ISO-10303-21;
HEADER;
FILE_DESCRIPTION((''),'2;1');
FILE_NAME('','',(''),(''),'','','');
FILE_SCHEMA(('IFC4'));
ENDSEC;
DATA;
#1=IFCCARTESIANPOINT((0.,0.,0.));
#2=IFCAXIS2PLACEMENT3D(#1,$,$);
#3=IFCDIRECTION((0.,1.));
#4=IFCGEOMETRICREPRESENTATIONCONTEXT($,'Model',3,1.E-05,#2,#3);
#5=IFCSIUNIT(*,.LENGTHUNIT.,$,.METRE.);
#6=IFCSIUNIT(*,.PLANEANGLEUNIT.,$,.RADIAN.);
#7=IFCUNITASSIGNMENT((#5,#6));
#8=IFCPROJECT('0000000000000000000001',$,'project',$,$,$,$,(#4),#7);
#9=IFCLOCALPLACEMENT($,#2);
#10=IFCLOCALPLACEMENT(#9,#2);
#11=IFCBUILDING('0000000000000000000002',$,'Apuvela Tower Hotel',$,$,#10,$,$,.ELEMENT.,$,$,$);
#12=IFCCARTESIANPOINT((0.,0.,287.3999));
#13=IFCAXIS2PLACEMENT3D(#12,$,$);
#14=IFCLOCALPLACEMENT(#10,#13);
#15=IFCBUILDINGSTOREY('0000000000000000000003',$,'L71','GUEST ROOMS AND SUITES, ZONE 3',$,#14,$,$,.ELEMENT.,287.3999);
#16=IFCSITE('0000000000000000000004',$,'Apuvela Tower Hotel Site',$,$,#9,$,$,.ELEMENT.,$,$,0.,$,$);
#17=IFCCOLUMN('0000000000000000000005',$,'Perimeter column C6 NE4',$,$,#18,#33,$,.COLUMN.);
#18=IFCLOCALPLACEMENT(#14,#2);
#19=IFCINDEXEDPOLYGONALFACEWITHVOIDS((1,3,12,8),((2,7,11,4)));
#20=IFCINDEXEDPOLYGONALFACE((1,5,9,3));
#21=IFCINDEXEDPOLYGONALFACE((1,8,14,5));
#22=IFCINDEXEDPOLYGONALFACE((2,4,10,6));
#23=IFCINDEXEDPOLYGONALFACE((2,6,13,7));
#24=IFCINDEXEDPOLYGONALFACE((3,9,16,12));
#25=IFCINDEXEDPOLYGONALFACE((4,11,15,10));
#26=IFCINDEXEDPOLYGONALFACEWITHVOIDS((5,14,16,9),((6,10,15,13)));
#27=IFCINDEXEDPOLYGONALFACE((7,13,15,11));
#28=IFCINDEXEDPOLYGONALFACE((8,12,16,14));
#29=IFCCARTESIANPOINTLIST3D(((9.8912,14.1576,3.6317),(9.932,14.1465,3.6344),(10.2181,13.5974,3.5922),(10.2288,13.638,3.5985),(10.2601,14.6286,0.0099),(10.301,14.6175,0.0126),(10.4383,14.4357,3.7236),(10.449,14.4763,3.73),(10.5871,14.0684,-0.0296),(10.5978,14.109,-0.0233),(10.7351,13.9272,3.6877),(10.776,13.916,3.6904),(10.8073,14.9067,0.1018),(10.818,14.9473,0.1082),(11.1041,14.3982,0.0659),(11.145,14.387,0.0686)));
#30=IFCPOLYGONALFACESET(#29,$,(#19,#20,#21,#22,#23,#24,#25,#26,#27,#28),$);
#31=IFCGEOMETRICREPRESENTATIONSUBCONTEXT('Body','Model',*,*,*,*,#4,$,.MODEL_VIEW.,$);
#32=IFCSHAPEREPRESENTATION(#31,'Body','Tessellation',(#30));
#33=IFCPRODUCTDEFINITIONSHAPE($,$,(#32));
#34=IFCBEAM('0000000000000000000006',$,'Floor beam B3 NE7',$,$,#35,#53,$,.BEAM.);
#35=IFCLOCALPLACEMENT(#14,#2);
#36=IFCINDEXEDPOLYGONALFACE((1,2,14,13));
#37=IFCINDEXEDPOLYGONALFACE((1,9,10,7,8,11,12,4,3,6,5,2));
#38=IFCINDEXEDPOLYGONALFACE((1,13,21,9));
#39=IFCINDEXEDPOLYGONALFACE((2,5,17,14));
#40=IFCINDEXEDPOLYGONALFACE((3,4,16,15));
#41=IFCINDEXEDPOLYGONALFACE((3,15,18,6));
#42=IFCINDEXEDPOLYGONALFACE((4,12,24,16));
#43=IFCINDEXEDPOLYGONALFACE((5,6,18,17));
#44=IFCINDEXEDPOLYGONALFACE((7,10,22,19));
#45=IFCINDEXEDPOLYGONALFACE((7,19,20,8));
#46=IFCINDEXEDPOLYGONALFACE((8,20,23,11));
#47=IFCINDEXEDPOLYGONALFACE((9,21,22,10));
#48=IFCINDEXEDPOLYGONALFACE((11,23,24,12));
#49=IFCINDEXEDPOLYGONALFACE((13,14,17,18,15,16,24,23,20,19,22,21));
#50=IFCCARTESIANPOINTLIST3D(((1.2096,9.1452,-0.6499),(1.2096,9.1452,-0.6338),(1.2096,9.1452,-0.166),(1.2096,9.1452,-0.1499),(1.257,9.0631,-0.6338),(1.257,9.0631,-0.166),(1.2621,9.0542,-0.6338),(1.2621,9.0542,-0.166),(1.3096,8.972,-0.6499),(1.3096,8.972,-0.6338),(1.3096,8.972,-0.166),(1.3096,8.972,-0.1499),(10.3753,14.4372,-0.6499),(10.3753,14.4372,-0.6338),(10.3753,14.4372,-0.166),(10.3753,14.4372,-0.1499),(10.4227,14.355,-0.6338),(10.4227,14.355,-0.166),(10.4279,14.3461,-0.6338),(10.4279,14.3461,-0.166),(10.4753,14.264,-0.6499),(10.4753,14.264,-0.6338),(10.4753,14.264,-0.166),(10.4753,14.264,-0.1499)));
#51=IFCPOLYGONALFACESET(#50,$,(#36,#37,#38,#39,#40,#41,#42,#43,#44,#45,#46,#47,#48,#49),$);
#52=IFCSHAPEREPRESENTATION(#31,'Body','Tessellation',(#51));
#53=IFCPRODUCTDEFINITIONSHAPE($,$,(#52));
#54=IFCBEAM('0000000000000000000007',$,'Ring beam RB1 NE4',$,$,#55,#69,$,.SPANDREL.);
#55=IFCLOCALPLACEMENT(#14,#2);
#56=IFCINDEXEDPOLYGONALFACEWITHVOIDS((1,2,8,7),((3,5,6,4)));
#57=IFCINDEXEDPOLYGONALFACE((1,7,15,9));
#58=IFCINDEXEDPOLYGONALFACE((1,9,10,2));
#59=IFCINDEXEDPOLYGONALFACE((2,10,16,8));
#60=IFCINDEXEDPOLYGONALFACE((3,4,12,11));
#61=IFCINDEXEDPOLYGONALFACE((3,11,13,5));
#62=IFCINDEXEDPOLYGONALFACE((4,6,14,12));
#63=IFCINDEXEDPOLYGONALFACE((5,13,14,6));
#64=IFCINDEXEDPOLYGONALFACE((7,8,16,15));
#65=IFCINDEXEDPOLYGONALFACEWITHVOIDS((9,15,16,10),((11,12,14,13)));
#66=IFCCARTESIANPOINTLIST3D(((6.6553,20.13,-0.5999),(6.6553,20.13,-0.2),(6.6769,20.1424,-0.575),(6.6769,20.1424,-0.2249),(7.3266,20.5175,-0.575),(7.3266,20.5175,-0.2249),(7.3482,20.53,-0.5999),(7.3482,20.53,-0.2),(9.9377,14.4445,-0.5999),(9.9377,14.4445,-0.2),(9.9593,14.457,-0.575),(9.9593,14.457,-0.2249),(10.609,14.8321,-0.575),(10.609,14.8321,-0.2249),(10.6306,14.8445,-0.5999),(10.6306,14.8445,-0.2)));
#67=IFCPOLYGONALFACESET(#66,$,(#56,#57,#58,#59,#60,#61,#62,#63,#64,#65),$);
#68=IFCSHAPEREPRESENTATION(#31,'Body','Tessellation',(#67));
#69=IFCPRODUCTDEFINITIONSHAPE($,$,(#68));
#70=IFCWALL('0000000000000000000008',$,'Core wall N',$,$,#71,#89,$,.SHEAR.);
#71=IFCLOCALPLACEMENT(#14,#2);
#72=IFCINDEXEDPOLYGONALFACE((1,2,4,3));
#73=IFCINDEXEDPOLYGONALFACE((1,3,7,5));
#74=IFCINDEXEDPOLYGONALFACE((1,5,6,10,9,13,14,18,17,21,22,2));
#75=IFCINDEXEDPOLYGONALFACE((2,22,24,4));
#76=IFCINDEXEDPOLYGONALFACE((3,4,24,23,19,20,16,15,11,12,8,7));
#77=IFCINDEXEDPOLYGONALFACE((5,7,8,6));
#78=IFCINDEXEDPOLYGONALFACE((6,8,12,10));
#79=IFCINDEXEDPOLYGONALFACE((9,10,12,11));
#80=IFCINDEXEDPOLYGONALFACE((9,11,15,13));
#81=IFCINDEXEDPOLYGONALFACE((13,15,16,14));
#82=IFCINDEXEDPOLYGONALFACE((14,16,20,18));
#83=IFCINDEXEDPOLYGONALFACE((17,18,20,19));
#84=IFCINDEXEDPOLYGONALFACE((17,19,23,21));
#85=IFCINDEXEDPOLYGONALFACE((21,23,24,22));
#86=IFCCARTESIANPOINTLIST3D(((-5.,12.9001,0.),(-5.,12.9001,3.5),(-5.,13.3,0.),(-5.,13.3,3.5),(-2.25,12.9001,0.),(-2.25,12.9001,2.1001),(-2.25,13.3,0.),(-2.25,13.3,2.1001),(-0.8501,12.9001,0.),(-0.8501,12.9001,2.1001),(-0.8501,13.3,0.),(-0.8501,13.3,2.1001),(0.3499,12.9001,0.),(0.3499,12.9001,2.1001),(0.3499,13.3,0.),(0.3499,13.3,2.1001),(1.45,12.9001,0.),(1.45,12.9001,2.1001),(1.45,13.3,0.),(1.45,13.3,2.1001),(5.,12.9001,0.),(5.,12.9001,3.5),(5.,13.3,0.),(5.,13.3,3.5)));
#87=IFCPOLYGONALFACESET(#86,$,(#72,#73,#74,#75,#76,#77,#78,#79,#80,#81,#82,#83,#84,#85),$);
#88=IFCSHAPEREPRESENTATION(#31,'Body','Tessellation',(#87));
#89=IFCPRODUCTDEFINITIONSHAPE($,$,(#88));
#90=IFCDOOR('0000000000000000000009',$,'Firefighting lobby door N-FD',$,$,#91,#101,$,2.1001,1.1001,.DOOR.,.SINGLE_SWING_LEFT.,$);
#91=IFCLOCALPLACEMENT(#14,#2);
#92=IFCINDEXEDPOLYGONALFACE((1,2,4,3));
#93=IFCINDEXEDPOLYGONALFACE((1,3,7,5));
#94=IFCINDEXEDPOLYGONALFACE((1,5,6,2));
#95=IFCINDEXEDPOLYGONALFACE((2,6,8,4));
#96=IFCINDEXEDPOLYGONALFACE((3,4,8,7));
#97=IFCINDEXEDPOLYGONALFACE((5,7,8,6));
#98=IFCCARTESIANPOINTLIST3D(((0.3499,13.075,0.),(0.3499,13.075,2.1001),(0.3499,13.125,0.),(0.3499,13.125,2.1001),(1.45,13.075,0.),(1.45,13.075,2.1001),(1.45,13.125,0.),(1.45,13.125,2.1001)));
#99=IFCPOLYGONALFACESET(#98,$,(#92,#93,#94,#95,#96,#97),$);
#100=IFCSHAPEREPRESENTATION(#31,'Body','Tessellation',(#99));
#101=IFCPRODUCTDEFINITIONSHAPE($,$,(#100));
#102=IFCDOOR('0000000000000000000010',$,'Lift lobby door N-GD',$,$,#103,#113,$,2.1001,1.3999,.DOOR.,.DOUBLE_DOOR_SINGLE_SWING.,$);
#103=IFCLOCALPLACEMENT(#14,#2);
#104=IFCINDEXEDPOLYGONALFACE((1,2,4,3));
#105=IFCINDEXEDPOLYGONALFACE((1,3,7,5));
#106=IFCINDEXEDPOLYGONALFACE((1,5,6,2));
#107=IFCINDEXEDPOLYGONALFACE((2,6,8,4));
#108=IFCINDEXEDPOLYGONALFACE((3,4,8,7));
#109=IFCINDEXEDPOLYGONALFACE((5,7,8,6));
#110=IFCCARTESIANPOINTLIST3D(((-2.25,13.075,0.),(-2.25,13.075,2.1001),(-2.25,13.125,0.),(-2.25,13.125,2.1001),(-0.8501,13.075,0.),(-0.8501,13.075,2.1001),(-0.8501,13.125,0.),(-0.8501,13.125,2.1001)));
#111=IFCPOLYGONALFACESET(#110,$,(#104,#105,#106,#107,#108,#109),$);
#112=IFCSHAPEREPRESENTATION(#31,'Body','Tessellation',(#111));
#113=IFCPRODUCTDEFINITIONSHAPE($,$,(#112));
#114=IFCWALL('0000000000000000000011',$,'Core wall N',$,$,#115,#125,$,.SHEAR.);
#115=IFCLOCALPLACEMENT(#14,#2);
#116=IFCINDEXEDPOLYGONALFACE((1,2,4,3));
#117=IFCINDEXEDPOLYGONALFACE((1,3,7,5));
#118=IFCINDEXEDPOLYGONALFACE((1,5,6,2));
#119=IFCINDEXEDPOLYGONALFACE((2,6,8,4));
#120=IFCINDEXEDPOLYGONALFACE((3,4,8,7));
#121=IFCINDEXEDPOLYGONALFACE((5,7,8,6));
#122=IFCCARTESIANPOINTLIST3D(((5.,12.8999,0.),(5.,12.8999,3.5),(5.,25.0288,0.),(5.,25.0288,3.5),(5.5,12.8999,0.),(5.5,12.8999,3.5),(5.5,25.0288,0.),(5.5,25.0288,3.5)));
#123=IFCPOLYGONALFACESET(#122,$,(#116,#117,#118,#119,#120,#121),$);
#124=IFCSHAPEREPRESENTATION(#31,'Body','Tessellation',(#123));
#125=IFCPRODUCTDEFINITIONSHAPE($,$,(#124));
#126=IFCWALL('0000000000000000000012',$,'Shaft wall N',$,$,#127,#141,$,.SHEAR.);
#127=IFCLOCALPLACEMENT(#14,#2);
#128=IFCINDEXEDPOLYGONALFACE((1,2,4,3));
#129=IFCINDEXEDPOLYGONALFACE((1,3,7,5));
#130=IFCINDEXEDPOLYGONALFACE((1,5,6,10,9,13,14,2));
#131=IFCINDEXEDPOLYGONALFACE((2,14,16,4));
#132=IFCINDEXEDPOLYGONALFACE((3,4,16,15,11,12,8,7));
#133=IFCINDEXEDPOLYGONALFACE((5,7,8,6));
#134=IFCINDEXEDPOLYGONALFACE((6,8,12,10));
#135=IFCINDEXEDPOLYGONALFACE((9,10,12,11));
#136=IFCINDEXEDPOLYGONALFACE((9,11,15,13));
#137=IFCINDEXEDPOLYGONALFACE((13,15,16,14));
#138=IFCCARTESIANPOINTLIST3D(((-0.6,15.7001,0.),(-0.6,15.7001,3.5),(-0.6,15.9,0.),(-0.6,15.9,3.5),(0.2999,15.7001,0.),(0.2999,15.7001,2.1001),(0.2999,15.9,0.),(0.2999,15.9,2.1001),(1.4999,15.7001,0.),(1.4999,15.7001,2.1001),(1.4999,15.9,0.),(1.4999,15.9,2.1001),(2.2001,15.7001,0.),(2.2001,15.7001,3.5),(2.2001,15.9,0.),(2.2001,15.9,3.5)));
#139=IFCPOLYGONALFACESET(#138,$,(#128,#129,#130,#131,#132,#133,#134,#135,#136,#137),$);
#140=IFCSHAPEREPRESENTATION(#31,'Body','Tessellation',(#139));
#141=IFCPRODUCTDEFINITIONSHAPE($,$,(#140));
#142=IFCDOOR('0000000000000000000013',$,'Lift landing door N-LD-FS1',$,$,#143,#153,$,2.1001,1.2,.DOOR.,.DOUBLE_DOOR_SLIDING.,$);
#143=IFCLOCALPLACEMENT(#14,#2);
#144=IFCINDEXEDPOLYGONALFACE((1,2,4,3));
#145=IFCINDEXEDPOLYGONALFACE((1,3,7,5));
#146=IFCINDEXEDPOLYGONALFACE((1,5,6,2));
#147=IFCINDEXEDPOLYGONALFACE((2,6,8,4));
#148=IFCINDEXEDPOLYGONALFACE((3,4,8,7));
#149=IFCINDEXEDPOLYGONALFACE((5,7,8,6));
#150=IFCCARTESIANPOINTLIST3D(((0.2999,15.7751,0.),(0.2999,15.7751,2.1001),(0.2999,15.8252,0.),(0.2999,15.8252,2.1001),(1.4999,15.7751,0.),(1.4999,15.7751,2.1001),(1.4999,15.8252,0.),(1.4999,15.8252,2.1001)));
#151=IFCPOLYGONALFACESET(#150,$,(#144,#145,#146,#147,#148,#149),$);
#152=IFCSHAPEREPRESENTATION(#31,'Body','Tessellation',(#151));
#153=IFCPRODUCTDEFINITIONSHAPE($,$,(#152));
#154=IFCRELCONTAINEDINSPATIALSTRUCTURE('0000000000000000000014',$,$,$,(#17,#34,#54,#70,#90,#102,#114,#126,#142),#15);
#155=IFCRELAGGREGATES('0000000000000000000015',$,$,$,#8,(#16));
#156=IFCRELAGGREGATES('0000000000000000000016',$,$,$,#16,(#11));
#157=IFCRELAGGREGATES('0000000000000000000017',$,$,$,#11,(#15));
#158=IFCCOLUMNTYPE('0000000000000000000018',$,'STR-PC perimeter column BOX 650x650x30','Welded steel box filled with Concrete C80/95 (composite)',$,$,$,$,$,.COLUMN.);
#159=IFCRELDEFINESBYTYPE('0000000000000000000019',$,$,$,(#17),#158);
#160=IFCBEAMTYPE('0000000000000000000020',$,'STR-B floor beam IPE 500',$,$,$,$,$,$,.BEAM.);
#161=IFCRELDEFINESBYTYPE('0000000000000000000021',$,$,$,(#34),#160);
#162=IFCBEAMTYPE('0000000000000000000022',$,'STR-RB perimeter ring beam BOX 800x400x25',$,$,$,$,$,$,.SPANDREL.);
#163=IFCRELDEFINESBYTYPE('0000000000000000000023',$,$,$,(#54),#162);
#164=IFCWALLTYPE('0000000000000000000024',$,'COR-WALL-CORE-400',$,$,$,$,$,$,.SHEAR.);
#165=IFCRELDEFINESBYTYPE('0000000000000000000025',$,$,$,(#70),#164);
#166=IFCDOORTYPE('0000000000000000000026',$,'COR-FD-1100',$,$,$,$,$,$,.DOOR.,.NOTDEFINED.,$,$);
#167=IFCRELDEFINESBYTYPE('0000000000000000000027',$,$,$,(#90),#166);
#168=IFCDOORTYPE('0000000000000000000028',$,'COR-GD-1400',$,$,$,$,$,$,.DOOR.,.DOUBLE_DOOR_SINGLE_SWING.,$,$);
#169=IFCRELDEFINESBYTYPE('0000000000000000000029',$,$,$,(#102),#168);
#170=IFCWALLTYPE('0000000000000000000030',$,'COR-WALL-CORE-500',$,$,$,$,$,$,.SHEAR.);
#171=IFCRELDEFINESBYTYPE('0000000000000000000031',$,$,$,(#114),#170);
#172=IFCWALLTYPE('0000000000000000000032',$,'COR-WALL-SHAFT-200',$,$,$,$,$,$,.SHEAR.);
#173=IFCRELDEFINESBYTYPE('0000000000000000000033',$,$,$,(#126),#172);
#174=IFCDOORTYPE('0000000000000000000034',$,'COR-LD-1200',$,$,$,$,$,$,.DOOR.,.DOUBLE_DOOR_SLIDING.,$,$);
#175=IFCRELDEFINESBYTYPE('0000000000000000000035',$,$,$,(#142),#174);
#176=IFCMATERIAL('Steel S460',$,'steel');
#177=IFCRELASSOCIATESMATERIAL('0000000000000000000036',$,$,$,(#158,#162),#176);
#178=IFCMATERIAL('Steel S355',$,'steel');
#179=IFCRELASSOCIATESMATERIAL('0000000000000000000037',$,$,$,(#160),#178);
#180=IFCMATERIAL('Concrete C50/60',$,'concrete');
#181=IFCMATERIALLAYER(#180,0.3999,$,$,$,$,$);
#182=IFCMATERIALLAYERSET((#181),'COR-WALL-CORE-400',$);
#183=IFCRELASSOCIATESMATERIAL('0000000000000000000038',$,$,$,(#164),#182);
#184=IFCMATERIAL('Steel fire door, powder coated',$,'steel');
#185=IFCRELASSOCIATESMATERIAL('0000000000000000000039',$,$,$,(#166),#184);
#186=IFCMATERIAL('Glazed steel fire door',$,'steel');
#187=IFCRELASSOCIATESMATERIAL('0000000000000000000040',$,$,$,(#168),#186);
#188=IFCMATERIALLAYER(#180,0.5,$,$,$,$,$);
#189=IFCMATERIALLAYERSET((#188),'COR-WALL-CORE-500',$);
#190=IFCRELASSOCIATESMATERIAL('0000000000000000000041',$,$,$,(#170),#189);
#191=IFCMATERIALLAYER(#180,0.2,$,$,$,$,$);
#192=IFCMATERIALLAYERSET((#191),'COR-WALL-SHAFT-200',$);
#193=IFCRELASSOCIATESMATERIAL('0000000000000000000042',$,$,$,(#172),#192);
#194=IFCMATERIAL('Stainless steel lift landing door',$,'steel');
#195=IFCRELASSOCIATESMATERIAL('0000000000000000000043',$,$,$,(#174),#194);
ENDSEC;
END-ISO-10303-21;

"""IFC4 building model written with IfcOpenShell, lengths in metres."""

from ifc_helpers import new_model, si_unit, direction, frame, frame_2d, origin, origin_2d, place, context, subcontext, project, spatial, rectangle, hollow_rectangle, i_section, extrude, boolean, halfspace, material, layer, layer_set, material_profile, profile_set, type_object, element, fill, save


model = new_model("IFC4")

# Units and contexts
model_context = context("Model", 3, precision=1e-05, world=origin(), true_north=direction((0.0, 1.0)))
body_context = subcontext(model_context, "Body", "Model", "MODEL_VIEW")
ifc_project = project(units=[si_unit("LENGTHUNIT", "METRE"), si_unit("PLANEANGLEUNIT", "RADIAN")], contexts=[model_context])

# Site, building, storey
site_placement = place(None, origin())
site = spatial("IfcSite", under=ifc_project, at=site_placement, Name="Apuvela Tower Hotel Site", CompositionType="ELEMENT", RefElevation=0.0)
building_placement = place(site_placement, origin())
building = spatial("IfcBuilding", under=site, at=building_placement, Name="Apuvela Tower Hotel", CompositionType="ELEMENT")
storey_placement = place(building_placement, frame((0.0, 0.0, 287.3999)))
storey = spatial("IfcBuildingStorey", under=building, at=storey_placement, Name="L71", Description="GUEST ROOMS AND SUITES, ZONE 3", CompositionType="ELEMENT", Elevation=287.3999)

# Column
ifc_material_1 = material(Name="Steel S460", Category="steel")
ifc_material_profile_1 = material_profile(ifc_material_1, hollow_rectangle(XDim=0.6499, YDim=0.6499, WallThickness=0.03, at=origin_2d()), Name="BOX 650x650x30")
ifc_material_2 = material(Name="Concrete C80/95", Category="concrete")
ifc_material_profile_2 = material_profile(ifc_material_2, rectangle(XDim=0.5901, YDim=0.5901, at=origin_2d()), Name="Concrete C80/95 infill")
ifc_profile_set_1 = profile_set([ifc_material_profile_1, ifc_material_profile_2], Name="Steel S460")
column_type = type_object("IfcColumnType", Name="STR-PC perimeter column BOX 650x650x30", Description="Welded steel box filled with Concrete C80/95 (composite)", PredefinedType="COLUMN", material=ifc_profile_set_1)
column_placement = place(storey_placement, frame((10.7065, 14.5129, 0.0), z_axis=(-0.100512, -0.128308, 0.986628), x_axis=(-0.503129, 0.862066, 0.060854)))
element("IfcColumn", 1, at=column_placement, inside=storey, type_object=column_type, Name="Perimeter column C6 NE4", PredefinedType="COLUMN", context=body_context, shape_type="SweptSolid", body=[
    boolean("DIFFERENCE", boolean("DIFFERENCE", extrude(hollow_rectangle(XDim=0.6499, YDim=0.6499, WallThickness=0.03, at=origin_2d()), origin(), (0.0, 0.0, 1.0), 3.7502), halfspace(frame((0.0, 0.0, 0.0398), z_axis=(0.0, 0.0, 1.0), x_axis=(1.0, 0.0, 0.0)), True)), halfspace(frame((0.0, 0.0, 3.7107), z_axis=(0.0, 0.0, 1.0), x_axis=(1.0, 0.0, 0.0)), False)),
])

# Beams
ifc_material_3 = material(Name="Steel S355", Category="steel")
ifc_material_profile_3 = material_profile(ifc_material_3, i_section(OverallWidth=0.2, OverallDepth=0.5, WebThickness=0.0103, FlangeThickness=0.0161, at=origin_2d()), Name="IPE 500")
ifc_profile_set_2 = profile_set([ifc_material_profile_3], Name="Steel S355")
beam_type_1 = type_object("IfcBeamType", Name="STR-B floor beam IPE 500", PredefinedType="BEAM", material=ifc_profile_set_2)
beam_1_placement = place(storey_placement, frame((10.4253, 14.3506, -0.3999), z_axis=(-0.86602, -0.500009, 0.0), x_axis=(0.500009, -0.86602, 0.0)))
element("IfcBeam", 2, at=beam_1_placement, inside=storey, type_object=beam_type_1, Name="Floor beam B3 NE7", PredefinedType="BEAM", context=body_context, shape_type="SweptSolid", body=[
    extrude(i_section(OverallWidth=0.2, OverallDepth=0.5, WebThickness=0.0103, FlangeThickness=0.0161, at=origin_2d()), origin(), (0.0, 0.0, 1.0), 10.5837),
])
ifc_material_profile_4 = material_profile(ifc_material_1, hollow_rectangle(XDim=0.8, YDim=0.3999, WallThickness=0.0249, at=origin_2d()), Name="BOX 800x400x25")
ifc_profile_set_3 = profile_set([ifc_material_profile_4], Name="Steel S460")
beam_type_2 = type_object("IfcBeamType", Name="STR-RB perimeter ring beam BOX 800x400x25", PredefinedType="SPANDREL", material=ifc_profile_set_3)
beam_2_placement = place(storey_placement, frame((10.2842, 14.6445, -0.3999), z_axis=(-0.499991, 0.866031, 0.0), x_axis=(-0.866031, -0.499991, 0.0)))
element("IfcBeam", 3, at=beam_2_placement, inside=storey, type_object=beam_type_2, Name="Ring beam RB1 NE4", PredefinedType="SPANDREL", context=body_context, shape_type="SweptSolid", body=[
    extrude(hollow_rectangle(XDim=0.8, YDim=0.3999, WallThickness=0.0249, at=origin_2d()), origin(), (0.0, 0.0, 1.0), 6.5649),
])

# Wall, openings, doors
ifc_material_4 = material(Name="Concrete C50/60", Category="concrete")
ifc_layer_1 = layer(ifc_material_4, 0.3999)
ifc_layer_set_1 = layer_set([ifc_layer_1], Name="COR-WALL-CORE-400")
wall_type_1 = type_object("IfcWallType", Name="COR-WALL-CORE-400", PredefinedType="SHEAR", material=ifc_layer_set_1)
wall_1_placement = place(storey_placement, frame((5.0, 13.1001, 0.0), z_axis=(0.0, 0.0, 1.0), x_axis=(-1.0, 0.0, 0.0)))
wall_1 = element("IfcWall", 4, at=wall_1_placement, inside=storey, type_object=wall_type_1, Name="Core wall N", PredefinedType="SHEAR", context=body_context, shape_type="SweptSolid", body=[
    extrude(rectangle(XDim=10.0, YDim=0.3999, at=frame_2d((5.0, 0.0))), origin(), (0.0, 0.0, 1.0), 3.5),
])
opening_1_placement = place(wall_1_placement, frame((3.55, 0.0, 0.0)))
opening_1 = element("IfcOpeningElement", 5, at=opening_1_placement, cuts=wall_1, PredefinedType="OPENING", context=body_context, shape_type="SweptSolid", body=[
    extrude(rectangle(XDim=1.1001, YDim=2.1001, at=frame_2d((0.55, 1.05))), frame((0.0, 0.21, 0.0), z_axis=(0.0, -1.0, 0.0), x_axis=(1.0, 0.0, 0.0)), (0.0, 0.0, 1.0), 0.4199),
])
opening_2_placement = place(wall_1_placement, frame((5.8501, 0.0, 0.0)))
opening_2 = element("IfcOpeningElement", 6, at=opening_2_placement, cuts=wall_1, PredefinedType="OPENING", context=body_context, shape_type="SweptSolid", body=[
    extrude(rectangle(XDim=1.3999, YDim=2.1001, at=frame_2d((0.7, 1.05))), frame((0.0, 0.21, 0.0), z_axis=(0.0, -1.0, 0.0), x_axis=(1.0, 0.0, 0.0)), (0.0, 0.0, 1.0), 0.4199),
])
ifc_material_5 = material(Name="Steel fire door, powder coated", Category="steel")
door_type_1 = type_object("IfcDoorType", Name="COR-FD-1100", OperationType="NOTDEFINED", PredefinedType="DOOR", material=ifc_material_5)
door_1_placement = place(opening_1_placement, frame((1.1001, 0.0, 0.0), z_axis=(0.0, 0.0, 1.0), x_axis=(-1.0, 0.0, 0.0)))
door_1 = element("IfcDoor", 7, at=door_1_placement, inside=storey, type_object=door_type_1, Name="Firefighting lobby door N-FD", OperationType="SINGLE_SWING_LEFT", OverallHeight=2.1001, OverallWidth=1.1001, PredefinedType="DOOR", context=body_context, shape_type="SweptSolid", body=[
    extrude(rectangle(XDim=1.1001, YDim=2.1001, at=frame_2d((0.55, 1.05))), frame((0.0, 0.0249, 0.0), z_axis=(0.0, -1.0, 0.0), x_axis=(1.0, 0.0, 0.0)), (0.0, 0.0, 1.0), 0.05),
])
fill(opening_1, door_1)
ifc_material_6 = material(Name="Glazed steel fire door", Category="steel")
door_type_2 = type_object("IfcDoorType", Name="COR-GD-1400", OperationType="DOUBLE_DOOR_SINGLE_SWING", PredefinedType="DOOR", material=ifc_material_6)
door_2_placement = place(opening_2_placement, frame((1.3999, 0.0, 0.0), z_axis=(0.0, 0.0, 1.0), x_axis=(-1.0, 0.0, 0.0)))
door_2 = element("IfcDoor", 8, at=door_2_placement, inside=storey, type_object=door_type_2, Name="Lift lobby door N-GD", OperationType="DOUBLE_DOOR_SINGLE_SWING", OverallHeight=2.1001, OverallWidth=1.3999, PredefinedType="DOOR", context=body_context, shape_type="SweptSolid", body=[
    extrude(rectangle(XDim=1.3999, YDim=2.1001, at=frame_2d((0.7, 1.05))), frame((0.0, 0.0249, 0.0), z_axis=(0.0, -1.0, 0.0), x_axis=(1.0, 0.0, 0.0)), (0.0, 0.0, 1.0), 0.05),
])
fill(opening_2, door_2)

# Wall
ifc_layer_2 = layer(ifc_material_4, 0.5)
ifc_layer_set_2 = layer_set([ifc_layer_2], Name="COR-WALL-CORE-500")
wall_type_2 = type_object("IfcWallType", Name="COR-WALL-CORE-500", PredefinedType="SHEAR", material=ifc_layer_set_2)
wall_2_placement = place(storey_placement, frame((5.25, 12.8999, 0.0), z_axis=(0.0, 0.0, 1.0), x_axis=(0.0, 1.0, 0.0)))
element("IfcWall", 9, at=wall_2_placement, inside=storey, type_object=wall_type_2, Name="Core wall N", PredefinedType="SHEAR", context=body_context, shape_type="SweptSolid", body=[
    extrude(rectangle(XDim=12.1289, YDim=0.5, at=frame_2d((6.0645, 0.0))), origin(), (0.0, 0.0, 1.0), 3.5),
])

# Wall, opening, door
ifc_layer_3 = layer(ifc_material_4, 0.2)
ifc_layer_set_3 = layer_set([ifc_layer_3], Name="COR-WALL-SHAFT-200")
wall_type_3 = type_object("IfcWallType", Name="COR-WALL-SHAFT-200", PredefinedType="SHEAR", material=ifc_layer_set_3)
wall_3_placement = place(storey_placement, frame((2.2, 15.8, 0.0), z_axis=(0.0, 0.0, 1.0), x_axis=(-1.0, 0.0, 0.0)))
wall_3 = element("IfcWall", 10, at=wall_3_placement, inside=storey, type_object=wall_type_3, Name="Shaft wall N", PredefinedType="SHEAR", context=body_context, shape_type="SweptSolid", body=[
    extrude(rectangle(XDim=2.8, YDim=0.2, at=frame_2d((1.3999, 0.0))), origin(), (0.0, 0.0, 1.0), 3.5),
])
opening_3_placement = place(wall_3_placement, frame((0.7, 0.0, 0.0)))
opening_3 = element("IfcOpeningElement", 11, at=opening_3_placement, cuts=wall_3, PredefinedType="OPENING", context=body_context, shape_type="SweptSolid", body=[
    extrude(rectangle(XDim=1.2, YDim=2.1001, at=frame_2d((0.6001, 1.05))), frame((0.0, 0.1099, 0.0), z_axis=(0.0, -1.0, 0.0), x_axis=(1.0, 0.0, 0.0)), (0.0, 0.0, 1.0), 0.22),
])
ifc_material_7 = material(Name="Stainless steel lift landing door", Category="steel")
door_type_3 = type_object("IfcDoorType", Name="COR-LD-1200", OperationType="DOUBLE_DOOR_SLIDING", PredefinedType="DOOR", material=ifc_material_7)
door_3_placement = place(opening_3_placement, origin())
door_3 = element("IfcDoor", 12, at=door_3_placement, inside=storey, type_object=door_type_3, Name="Lift landing door N-LD-FS1", OperationType="DOUBLE_DOOR_SLIDING", OverallHeight=2.1001, OverallWidth=1.2, PredefinedType="DOOR", context=body_context, shape_type="SweptSolid", body=[
    extrude(rectangle(XDim=1.2, YDim=2.1001, at=frame_2d((0.6001, 1.05))), frame((0.0, 0.0249, 0.0), z_axis=(0.0, -1.0, 0.0), x_axis=(1.0, 0.0, 0.0)), (0.0, 0.0, 1.0), 0.05),
])
fill(opening_3, door_3)

save(model, "model.ifc")
